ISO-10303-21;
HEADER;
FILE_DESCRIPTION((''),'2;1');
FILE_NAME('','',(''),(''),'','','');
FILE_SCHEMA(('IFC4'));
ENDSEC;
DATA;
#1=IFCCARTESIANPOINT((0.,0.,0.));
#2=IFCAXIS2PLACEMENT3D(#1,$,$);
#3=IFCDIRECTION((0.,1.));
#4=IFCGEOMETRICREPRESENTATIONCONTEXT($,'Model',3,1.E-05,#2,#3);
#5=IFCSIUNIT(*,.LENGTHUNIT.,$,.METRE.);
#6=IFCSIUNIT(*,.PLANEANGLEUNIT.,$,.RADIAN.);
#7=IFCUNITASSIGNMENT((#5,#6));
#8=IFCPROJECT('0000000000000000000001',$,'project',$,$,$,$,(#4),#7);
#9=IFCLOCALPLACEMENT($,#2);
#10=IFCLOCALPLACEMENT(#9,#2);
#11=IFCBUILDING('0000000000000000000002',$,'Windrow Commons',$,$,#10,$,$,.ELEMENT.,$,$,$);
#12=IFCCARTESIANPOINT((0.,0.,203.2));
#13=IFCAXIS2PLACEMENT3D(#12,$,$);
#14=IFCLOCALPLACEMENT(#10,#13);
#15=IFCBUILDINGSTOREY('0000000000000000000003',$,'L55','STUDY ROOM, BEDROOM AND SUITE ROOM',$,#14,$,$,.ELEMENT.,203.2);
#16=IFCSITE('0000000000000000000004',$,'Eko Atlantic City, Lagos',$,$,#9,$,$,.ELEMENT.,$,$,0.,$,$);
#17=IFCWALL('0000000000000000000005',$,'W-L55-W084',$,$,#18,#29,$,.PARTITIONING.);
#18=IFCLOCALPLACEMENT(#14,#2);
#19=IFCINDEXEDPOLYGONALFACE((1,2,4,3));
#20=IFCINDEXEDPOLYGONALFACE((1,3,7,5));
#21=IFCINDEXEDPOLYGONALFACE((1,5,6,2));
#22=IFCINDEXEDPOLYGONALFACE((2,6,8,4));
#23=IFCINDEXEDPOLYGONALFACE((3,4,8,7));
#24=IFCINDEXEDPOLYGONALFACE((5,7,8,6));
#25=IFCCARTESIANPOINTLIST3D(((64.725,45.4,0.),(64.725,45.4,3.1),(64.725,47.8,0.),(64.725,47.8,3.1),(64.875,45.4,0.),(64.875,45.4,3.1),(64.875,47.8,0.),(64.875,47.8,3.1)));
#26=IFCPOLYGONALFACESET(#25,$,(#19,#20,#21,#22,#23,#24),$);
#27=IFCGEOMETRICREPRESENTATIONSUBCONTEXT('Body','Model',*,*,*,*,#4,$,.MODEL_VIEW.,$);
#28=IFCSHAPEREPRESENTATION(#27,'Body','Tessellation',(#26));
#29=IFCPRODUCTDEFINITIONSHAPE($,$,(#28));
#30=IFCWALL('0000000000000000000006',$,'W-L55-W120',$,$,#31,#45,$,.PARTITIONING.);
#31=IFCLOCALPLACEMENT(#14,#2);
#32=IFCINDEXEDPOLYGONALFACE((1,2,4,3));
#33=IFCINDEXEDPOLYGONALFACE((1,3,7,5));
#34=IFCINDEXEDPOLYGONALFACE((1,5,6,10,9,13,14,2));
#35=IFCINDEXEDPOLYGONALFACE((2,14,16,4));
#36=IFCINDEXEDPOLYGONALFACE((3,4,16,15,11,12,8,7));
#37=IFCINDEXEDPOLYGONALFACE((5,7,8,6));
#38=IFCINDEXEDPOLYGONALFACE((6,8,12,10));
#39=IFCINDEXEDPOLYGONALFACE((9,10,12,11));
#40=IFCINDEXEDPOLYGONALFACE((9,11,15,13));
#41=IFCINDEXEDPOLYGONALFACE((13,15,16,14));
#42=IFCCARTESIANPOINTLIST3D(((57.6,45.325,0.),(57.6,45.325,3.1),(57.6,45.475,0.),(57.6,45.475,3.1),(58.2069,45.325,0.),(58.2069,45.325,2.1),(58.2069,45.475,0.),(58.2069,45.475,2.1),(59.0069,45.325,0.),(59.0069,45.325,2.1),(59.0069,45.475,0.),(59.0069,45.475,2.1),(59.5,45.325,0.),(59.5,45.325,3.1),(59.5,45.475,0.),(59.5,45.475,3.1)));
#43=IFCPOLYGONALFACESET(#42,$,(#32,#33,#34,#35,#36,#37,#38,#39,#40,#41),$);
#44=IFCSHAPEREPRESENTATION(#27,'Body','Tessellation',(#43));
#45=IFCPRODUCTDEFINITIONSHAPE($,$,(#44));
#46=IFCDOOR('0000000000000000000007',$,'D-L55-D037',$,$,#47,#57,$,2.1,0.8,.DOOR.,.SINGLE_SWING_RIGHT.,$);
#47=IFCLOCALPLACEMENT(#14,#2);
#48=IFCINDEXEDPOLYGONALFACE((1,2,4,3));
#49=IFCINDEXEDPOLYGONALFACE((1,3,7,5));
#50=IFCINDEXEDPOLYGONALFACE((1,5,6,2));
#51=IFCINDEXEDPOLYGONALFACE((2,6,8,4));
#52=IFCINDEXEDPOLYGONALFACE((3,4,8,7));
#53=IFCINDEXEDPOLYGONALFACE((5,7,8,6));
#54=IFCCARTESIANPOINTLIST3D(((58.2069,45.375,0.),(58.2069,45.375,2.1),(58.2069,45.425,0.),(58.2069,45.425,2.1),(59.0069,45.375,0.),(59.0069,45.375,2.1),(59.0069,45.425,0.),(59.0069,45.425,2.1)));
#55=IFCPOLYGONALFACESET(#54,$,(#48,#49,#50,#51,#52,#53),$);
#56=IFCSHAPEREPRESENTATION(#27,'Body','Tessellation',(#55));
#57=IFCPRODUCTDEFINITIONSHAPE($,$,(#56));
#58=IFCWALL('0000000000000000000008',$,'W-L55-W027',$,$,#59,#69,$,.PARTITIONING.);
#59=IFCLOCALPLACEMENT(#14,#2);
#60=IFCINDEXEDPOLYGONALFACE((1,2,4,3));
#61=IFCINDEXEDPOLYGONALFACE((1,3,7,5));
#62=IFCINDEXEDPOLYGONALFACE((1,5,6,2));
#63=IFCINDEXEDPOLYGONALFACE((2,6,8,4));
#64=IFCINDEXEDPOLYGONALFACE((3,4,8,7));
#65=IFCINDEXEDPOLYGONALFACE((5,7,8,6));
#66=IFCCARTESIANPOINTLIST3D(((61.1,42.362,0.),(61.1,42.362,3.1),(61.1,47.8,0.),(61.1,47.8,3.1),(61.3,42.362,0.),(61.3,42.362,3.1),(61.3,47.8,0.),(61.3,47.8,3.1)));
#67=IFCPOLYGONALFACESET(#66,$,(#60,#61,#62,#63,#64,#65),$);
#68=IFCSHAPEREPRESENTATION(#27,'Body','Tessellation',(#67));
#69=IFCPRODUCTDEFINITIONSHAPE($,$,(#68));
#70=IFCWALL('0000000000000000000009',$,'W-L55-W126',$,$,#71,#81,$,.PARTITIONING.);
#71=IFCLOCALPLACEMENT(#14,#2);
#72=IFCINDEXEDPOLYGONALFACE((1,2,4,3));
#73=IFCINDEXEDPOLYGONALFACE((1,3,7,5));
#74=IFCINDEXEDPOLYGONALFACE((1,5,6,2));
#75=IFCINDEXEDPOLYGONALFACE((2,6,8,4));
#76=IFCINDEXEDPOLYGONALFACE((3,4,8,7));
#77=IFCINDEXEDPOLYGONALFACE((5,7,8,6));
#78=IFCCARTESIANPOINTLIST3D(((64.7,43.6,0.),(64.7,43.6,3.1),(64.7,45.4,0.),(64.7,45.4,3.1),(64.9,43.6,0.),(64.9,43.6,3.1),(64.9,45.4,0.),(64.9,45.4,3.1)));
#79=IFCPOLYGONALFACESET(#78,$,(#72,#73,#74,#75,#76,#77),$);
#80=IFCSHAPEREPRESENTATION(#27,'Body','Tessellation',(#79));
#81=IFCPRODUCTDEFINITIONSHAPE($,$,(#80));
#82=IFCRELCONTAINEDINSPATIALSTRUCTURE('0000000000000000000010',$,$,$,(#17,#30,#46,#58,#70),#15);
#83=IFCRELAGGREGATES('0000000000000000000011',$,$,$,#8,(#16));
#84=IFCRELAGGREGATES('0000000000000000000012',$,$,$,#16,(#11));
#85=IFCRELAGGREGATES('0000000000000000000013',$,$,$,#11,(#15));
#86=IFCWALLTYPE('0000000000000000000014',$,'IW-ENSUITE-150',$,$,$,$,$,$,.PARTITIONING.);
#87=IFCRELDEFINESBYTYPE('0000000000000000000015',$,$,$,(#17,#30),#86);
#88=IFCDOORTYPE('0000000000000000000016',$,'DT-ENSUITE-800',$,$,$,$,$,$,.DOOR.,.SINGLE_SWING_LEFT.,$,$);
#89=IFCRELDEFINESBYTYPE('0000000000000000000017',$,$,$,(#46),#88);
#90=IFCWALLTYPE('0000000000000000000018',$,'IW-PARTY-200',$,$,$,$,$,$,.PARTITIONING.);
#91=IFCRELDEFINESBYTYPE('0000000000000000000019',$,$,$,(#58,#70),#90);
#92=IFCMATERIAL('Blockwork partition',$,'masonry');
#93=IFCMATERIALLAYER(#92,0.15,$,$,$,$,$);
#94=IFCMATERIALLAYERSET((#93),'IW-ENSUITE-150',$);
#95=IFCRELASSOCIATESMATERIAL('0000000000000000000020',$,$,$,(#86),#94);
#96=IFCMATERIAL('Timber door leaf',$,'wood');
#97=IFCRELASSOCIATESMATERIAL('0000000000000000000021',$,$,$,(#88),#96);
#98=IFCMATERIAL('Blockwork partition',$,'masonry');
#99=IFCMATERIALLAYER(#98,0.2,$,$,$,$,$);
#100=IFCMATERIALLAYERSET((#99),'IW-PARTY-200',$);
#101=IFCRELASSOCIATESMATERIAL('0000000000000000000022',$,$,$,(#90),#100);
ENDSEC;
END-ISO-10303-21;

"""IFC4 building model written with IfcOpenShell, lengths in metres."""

from ifc_helpers import new_model, si_unit, direction, frame, frame_2d, origin, place, context, subcontext, project, spatial, rectangle, extrude, material, layer, layer_set, type_object, element, fill, save


model = new_model("IFC4")

# Units and contexts
model_context = context("Model", 3, precision=1e-05, world=origin(), true_north=direction((0.0, 1.0)))
body_context = subcontext(model_context, "Body", "Model", "MODEL_VIEW")
ifc_project = project(units=[si_unit("LENGTHUNIT", "METRE"), si_unit("PLANEANGLEUNIT", "RADIAN")], contexts=[model_context])

# Site, building, storey
site_placement = place(None, origin())
site = spatial("IfcSite", under=ifc_project, at=site_placement, Name="Eko Atlantic City, Lagos", CompositionType="ELEMENT", RefElevation=0.0)
building_placement = place(site_placement, origin())
building = spatial("IfcBuilding", under=site, at=building_placement, Name="Windrow Commons", CompositionType="ELEMENT")
storey_placement = place(building_placement, frame((0.0, 0.0, 203.2)))
storey = spatial("IfcBuildingStorey", under=building, at=storey_placement, Name="L55", Description="STUDY ROOM, BEDROOM AND SUITE ROOM", CompositionType="ELEMENT", Elevation=203.2)

# Shared definitions
ifc_material_1 = material(Name="Blockwork partition", Category="masonry")
ifc_layer_1 = layer(ifc_material_1, 0.15)
ifc_layer_set_1 = layer_set([ifc_layer_1], Name="IW-ENSUITE-150")
wall_type_1 = type_object("IfcWallType", Name="IW-ENSUITE-150", PredefinedType="PARTITIONING", material=ifc_layer_set_1)
ifc_material_2 = material(Name="Timber door leaf", Category="wood")
door_type = type_object("IfcDoorType", Name="DT-ENSUITE-800", OperationType="SINGLE_SWING_LEFT", PredefinedType="DOOR", material=ifc_material_2)

# Wall
for number, where, z_axis, x_axis, name in (
    (1, (64.8, 45.4, 0.0), (0.0, 0.0, 1.0), (0.0, 1.0, 0.0), "W-L55-W084"),
):
    element("IfcWall", number, at=place(storey_placement, frame(where, z_axis=z_axis, x_axis=x_axis)), inside=storey, type_object=wall_type_1, Name=name, PredefinedType="PARTITIONING", context=body_context, shape_type="SweptSolid", body=[
        extrude(rectangle(XDim=2.4, YDim=0.15, at=frame_2d((1.2, 0.0))), origin(), (0.0, 0.0, 1.0), 3.1),
    ])

# Wall, opening, door
wall_1_placement = place(storey_placement, frame((57.6, 45.4, 0.0), z_axis=(0.0, 0.0, 1.0), x_axis=(1.0, 0.0, 0.0)))
wall_1 = element("IfcWall", 2, at=wall_1_placement, inside=storey, type_object=wall_type_1, Name="W-L55-W120", PredefinedType="PARTITIONING", context=body_context, shape_type="SweptSolid", body=[
    extrude(rectangle(XDim=1.9, YDim=0.15, at=frame_2d((0.95, 0.0))), origin(), (0.0, 0.0, 1.0), 3.1),
])
opening_1_placement = place(wall_1_placement, frame((0.6069, 0.0, 0.0)))
opening_1 = element("IfcOpeningElement", 3, at=opening_1_placement, cuts=wall_1, PredefinedType="OPENING", context=body_context, shape_type="SweptSolid", body=[
    extrude(rectangle(XDim=0.8, YDim=2.1, at=frame_2d((0.4, 1.05))), frame((0.0, 0.085, 0.0), z_axis=(0.0, -1.0, 0.0), x_axis=(1.0, 0.0, 0.0)), (0.0, 0.0, 1.0), 0.17),
])
door_1_placement = place(opening_1_placement, origin())
door_1 = element("IfcDoor", 4, at=door_1_placement, inside=storey, type_object=door_type, Name="D-L55-D037", OperationType="SINGLE_SWING_RIGHT", OverallHeight=2.1, OverallWidth=0.8, PredefinedType="DOOR", context=body_context, shape_type="SweptSolid", body=[
    extrude(rectangle(XDim=0.8, YDim=2.1, at=frame_2d((0.4, 1.05))), frame((0.0, 0.025, 0.0), z_axis=(0.0, -1.0, 0.0), x_axis=(1.0, 0.0, 0.0)), (0.0, 0.0, 1.0), 0.05),
])
fill(opening_1, door_1)

# Walls
ifc_material_3 = material(Name="Blockwork partition", Category="masonry")
ifc_layer_2 = layer(ifc_material_3, 0.2)
ifc_layer_set_2 = layer_set([ifc_layer_2], Name="IW-PARTY-200")
wall_type_2 = type_object("IfcWallType", Name="IW-PARTY-200", PredefinedType="PARTITIONING", material=ifc_layer_set_2)
wall_2_placement = place(storey_placement, frame((61.2, 42.362, 0.0), z_axis=(0.0, 0.0, 1.0), x_axis=(0.0, 1.0, 0.0)))
element("IfcWall", 5, at=wall_2_placement, inside=storey, type_object=wall_type_2, Name="W-L55-W027", PredefinedType="PARTITIONING", context=body_context, shape_type="SweptSolid", body=[
    extrude(rectangle(XDim=5.438, YDim=0.2, at=frame_2d((2.719, 0.0))), origin(), (0.0, 0.0, 1.0), 3.1),
])
wall_3_placement = place(storey_placement, frame((64.8, 43.6, 0.0), z_axis=(0.0, 0.0, 1.0), x_axis=(0.0, 1.0, 0.0)))
element("IfcWall", 6, at=wall_3_placement, inside=storey, type_object=wall_type_2, Name="W-L55-W126", PredefinedType="PARTITIONING", context=body_context, shape_type="SweptSolid", body=[
    extrude(rectangle(XDim=1.8, YDim=0.2, at=frame_2d((0.9, 0.0))), origin(), (0.0, 0.0, 1.0), 3.1),
])

save(model, "model.ifc")
